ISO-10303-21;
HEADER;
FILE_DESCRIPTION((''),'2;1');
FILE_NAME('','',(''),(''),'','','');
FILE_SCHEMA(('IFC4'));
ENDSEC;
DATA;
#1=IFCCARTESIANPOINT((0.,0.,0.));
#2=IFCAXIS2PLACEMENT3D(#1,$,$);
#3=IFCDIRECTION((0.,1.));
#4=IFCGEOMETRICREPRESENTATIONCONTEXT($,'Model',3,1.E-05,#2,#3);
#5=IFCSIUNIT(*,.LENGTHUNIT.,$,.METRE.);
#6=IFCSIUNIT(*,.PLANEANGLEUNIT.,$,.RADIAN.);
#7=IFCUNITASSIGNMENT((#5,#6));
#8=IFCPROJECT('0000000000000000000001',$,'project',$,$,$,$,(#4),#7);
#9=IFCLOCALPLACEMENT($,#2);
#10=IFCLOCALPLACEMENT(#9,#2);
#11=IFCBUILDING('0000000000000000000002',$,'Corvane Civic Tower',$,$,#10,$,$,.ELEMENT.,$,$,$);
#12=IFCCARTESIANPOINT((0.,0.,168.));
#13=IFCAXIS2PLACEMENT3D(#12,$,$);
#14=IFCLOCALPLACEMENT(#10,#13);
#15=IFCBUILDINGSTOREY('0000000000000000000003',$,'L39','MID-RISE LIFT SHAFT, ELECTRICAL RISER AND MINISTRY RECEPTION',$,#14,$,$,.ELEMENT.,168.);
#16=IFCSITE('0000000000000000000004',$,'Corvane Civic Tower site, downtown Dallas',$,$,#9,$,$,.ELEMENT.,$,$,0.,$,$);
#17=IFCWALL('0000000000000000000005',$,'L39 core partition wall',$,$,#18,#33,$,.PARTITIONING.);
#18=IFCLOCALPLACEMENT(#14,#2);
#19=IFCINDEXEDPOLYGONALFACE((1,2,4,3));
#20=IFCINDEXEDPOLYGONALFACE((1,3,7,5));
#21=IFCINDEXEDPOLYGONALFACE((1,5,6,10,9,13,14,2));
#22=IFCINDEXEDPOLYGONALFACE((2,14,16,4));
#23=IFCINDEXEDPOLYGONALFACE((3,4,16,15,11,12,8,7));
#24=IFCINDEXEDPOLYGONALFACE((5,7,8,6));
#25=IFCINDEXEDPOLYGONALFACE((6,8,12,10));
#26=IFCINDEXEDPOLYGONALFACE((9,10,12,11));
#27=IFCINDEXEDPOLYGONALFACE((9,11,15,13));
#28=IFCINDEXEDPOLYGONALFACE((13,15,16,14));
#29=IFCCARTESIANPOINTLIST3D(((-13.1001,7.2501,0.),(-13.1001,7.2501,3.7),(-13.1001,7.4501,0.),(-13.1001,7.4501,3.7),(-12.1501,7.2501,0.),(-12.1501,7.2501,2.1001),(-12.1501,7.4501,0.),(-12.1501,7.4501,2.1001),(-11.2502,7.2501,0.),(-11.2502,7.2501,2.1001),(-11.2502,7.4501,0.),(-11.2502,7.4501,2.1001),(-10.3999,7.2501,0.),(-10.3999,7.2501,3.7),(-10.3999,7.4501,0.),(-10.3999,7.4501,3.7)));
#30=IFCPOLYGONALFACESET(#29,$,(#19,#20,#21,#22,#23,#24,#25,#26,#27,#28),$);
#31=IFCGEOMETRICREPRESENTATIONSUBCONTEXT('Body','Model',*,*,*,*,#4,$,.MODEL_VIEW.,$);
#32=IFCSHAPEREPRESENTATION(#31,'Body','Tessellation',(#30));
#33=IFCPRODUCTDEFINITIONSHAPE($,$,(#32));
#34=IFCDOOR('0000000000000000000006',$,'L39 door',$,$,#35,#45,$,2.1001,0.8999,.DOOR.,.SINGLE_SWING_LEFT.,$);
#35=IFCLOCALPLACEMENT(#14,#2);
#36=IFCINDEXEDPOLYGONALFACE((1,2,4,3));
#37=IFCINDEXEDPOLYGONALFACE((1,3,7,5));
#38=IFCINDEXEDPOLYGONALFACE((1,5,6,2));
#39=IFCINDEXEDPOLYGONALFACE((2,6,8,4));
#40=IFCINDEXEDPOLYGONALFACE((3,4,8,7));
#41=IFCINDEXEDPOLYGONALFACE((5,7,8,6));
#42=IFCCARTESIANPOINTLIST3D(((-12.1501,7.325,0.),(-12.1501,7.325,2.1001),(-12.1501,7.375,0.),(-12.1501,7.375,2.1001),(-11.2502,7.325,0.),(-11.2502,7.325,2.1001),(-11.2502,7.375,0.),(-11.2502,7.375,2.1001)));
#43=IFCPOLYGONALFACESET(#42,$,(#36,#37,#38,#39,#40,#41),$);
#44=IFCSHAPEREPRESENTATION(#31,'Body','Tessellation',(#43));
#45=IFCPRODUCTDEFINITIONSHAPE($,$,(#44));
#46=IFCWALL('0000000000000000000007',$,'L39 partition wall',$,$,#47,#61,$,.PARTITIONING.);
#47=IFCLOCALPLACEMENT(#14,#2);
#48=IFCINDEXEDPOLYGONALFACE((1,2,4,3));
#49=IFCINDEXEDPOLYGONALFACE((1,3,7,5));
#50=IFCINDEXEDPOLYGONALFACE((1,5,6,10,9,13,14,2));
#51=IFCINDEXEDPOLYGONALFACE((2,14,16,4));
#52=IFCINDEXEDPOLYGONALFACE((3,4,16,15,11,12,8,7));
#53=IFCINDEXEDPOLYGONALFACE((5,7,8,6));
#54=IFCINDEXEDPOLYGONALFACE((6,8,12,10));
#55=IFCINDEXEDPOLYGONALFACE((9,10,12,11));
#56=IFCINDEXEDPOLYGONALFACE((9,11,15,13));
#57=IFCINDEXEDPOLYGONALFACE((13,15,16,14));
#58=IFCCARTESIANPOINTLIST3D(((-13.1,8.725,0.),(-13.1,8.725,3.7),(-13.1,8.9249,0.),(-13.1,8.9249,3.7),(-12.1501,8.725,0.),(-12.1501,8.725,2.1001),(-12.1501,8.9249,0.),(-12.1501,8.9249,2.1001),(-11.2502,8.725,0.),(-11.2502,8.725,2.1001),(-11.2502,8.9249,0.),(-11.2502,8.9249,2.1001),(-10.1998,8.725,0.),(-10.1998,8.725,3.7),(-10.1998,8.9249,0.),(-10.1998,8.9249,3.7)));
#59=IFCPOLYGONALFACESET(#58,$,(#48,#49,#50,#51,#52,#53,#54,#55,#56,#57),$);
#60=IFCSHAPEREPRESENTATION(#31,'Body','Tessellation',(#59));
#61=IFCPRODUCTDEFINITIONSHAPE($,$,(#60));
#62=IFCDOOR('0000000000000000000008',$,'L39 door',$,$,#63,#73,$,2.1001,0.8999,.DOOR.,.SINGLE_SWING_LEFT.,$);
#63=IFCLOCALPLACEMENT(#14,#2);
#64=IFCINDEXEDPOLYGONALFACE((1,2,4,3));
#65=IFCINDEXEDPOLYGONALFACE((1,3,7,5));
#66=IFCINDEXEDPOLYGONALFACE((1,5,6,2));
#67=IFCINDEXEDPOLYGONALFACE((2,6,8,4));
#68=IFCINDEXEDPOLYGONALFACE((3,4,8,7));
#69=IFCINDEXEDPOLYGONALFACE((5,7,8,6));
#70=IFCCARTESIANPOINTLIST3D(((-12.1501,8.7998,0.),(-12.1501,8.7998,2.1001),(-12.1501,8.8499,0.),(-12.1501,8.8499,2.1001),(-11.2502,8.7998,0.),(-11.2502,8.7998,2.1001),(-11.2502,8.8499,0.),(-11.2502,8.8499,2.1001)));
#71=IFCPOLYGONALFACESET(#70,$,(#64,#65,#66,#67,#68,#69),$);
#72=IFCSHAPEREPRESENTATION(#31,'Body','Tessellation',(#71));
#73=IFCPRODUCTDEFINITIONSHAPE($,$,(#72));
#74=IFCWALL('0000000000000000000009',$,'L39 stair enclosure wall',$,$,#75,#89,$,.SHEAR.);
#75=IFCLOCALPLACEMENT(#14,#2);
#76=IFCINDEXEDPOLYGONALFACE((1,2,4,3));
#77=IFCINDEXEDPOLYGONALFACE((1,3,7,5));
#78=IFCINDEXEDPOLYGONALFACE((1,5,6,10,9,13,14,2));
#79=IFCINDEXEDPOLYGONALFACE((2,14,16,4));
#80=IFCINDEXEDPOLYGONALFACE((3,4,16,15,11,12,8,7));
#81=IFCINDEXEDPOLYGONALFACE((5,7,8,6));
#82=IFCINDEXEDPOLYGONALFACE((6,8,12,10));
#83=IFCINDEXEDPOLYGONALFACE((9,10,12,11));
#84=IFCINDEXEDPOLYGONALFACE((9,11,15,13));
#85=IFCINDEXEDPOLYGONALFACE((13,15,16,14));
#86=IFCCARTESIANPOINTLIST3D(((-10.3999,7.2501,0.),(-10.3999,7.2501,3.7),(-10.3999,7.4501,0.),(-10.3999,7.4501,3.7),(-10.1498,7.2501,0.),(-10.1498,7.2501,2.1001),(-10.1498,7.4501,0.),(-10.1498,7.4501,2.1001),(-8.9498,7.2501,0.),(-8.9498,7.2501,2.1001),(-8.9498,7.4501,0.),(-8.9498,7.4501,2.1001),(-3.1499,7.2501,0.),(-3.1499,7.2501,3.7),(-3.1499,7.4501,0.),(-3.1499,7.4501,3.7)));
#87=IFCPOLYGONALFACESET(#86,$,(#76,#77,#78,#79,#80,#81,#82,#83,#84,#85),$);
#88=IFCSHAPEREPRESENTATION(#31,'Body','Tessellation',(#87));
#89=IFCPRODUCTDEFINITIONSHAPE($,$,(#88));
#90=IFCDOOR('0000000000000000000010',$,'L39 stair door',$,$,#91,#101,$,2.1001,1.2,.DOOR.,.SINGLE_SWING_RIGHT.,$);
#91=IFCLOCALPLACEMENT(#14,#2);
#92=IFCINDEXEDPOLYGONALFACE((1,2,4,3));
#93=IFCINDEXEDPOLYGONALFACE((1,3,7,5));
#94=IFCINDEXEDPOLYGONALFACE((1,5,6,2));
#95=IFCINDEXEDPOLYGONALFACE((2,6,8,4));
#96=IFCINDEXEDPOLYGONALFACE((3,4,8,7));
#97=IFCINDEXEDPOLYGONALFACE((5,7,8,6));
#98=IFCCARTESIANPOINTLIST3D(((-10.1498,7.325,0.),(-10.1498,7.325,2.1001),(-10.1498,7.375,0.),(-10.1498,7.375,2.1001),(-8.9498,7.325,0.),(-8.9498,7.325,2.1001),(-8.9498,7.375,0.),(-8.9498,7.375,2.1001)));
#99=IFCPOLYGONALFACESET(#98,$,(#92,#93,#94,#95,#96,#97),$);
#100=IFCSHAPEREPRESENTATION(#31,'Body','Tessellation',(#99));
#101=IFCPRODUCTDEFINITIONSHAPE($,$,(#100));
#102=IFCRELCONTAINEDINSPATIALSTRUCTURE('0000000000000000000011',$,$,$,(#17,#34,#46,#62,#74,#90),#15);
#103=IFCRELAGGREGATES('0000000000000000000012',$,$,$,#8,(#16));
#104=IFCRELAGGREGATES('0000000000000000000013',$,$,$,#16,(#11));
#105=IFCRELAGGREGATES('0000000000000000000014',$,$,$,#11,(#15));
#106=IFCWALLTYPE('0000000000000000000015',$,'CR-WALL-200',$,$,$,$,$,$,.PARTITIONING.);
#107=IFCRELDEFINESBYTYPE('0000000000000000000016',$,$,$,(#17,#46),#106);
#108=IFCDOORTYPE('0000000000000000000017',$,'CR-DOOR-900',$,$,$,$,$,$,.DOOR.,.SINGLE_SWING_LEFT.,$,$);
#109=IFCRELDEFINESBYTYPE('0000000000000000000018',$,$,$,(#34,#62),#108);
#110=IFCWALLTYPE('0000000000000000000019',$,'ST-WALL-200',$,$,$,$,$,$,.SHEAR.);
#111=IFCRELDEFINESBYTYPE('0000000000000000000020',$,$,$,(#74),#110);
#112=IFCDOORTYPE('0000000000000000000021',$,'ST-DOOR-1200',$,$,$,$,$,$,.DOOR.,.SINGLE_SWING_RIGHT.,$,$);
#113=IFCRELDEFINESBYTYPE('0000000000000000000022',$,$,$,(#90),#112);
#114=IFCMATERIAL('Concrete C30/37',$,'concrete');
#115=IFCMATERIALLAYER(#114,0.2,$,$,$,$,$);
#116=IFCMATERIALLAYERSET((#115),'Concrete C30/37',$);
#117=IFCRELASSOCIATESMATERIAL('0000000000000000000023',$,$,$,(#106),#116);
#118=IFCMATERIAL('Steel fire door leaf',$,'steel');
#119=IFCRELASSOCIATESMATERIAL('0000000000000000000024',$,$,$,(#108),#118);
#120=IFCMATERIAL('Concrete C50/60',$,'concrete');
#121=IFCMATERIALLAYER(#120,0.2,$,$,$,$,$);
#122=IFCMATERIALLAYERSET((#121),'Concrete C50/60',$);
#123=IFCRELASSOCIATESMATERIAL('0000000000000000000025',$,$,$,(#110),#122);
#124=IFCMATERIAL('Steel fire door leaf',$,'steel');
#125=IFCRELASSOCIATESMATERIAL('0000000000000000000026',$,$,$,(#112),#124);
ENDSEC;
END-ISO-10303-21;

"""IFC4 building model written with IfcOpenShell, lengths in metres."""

from ifc_helpers import new_model, si_unit, direction, frame, frame_2d, origin, place, context, subcontext, project, spatial, rectangle, extrude, material, layer, layer_set, type_object, element, fill, save


model = new_model("IFC4")

# Units and contexts
model_context = context("Model", 3, precision=1e-05, world=origin(), true_north=direction((0.0, 1.0)))
body_context = subcontext(model_context, "Body", "Model", "MODEL_VIEW")
ifc_project = project(units=[si_unit("LENGTHUNIT", "METRE"), si_unit("PLANEANGLEUNIT", "RADIAN")], contexts=[model_context])

# Site, building, storey
site_placement = place(None, origin())
site = spatial("IfcSite", under=ifc_project, at=site_placement, Name="Corvane Civic Tower site, downtown Dallas", CompositionType="ELEMENT", RefElevation=0.0)
building_placement = place(site_placement, origin())
building = spatial("IfcBuilding", under=site, at=building_placement, Name="Corvane Civic Tower", CompositionType="ELEMENT")
storey_placement = place(building_placement, frame((0.0, 0.0, 168.0)))
storey = spatial("IfcBuildingStorey", under=building, at=storey_placement, Name="L39", Description="MID-RISE LIFT SHAFT, ELECTRICAL RISER AND MINISTRY RECEPTION", CompositionType="ELEMENT", Elevation=168.0)

# Shared definitions
ifc_material_1 = material(Name="Concrete C30/37", Category="concrete")
ifc_layer_1 = layer(ifc_material_1, 0.2)
ifc_layer_set_1 = layer_set([ifc_layer_1], Name="Concrete C30/37")
wall_type_1 = type_object("IfcWallType", Name="CR-WALL-200", PredefinedType="PARTITIONING", material=ifc_layer_set_1)
ifc_material_2 = material(Name="Steel fire door leaf", Category="steel")
door_type_1 = type_object("IfcDoorType", Name="CR-DOOR-900", OperationType="SINGLE_SWING_LEFT", PredefinedType="DOOR", material=ifc_material_2)

# Walls, openings, doors
wall_1_placement = place(storey_placement, frame((-13.1001, 7.3501, 0.0), z_axis=(0.0, 0.0, 1.0), x_axis=(1.0, 0.0, 0.0)))
wall_1 = element("IfcWall", 1, at=wall_1_placement, inside=storey, type_object=wall_type_1, Name="L39 core partition wall", PredefinedType="PARTITIONING", context=body_context, shape_type="SweptSolid", body=[
    extrude(rectangle(XDim=2.7002, YDim=0.2, at=frame_2d((1.3501, 0.0))), origin(), (0.0, 0.0, 1.0), 3.7),
])
opening_1_placement = place(wall_1_placement, frame((0.95, 0.0, 0.0)))
opening_1 = element("IfcOpeningElement", 2, at=opening_1_placement, cuts=wall_1, PredefinedType="OPENING", context=body_context, shape_type="SweptSolid", body=[
    extrude(rectangle(XDim=0.8999, YDim=2.1001, at=frame_2d((0.45, 1.05))), frame((0.0, 0.1099, 0.0), z_axis=(0.0, -1.0, 0.0), x_axis=(1.0, 0.0, 0.0)), (0.0, 0.0, 1.0), 0.22),
])
door_1_placement = place(opening_1_placement, origin())
door_1 = element("IfcDoor", 3, at=door_1_placement, inside=storey, type_object=door_type_1, Name="L39 door", OperationType="SINGLE_SWING_LEFT", OverallHeight=2.1001, OverallWidth=0.8999, PredefinedType="DOOR", context=body_context, shape_type="SweptSolid", body=[
    extrude(rectangle(XDim=0.8999, YDim=2.1001, at=frame_2d((0.45, 1.05))), frame((0.0, 0.0249, 0.0), z_axis=(0.0, -1.0, 0.0), x_axis=(1.0, 0.0, 0.0)), (0.0, 0.0, 1.0), 0.05),
])
fill(opening_1, door_1)
wall_2_placement = place(storey_placement, frame((-13.1001, 8.825, 0.0), z_axis=(0.0, 0.0, 1.0), x_axis=(1.0, 0.0, 0.0)))
wall_2 = element("IfcWall", 4, at=wall_2_placement, inside=storey, type_object=wall_type_1, Name="L39 partition wall", PredefinedType="PARTITIONING", context=body_context, shape_type="SweptSolid", body=[
    extrude(rectangle(XDim=2.9001, YDim=0.2, at=frame_2d((1.4502, 0.0))), origin(), (0.0, 0.0, 1.0), 3.7),
])
opening_2_placement = place(wall_2_placement, frame((0.95, 0.0, 0.0)))
opening_2 = element("IfcOpeningElement", 5, at=opening_2_placement, cuts=wall_2, PredefinedType="OPENING", context=body_context, shape_type="SweptSolid", body=[
    extrude(rectangle(XDim=0.8999, YDim=2.1001, at=frame_2d((0.45, 1.05))), frame((0.0, 0.1099, 0.0), z_axis=(0.0, -1.0, 0.0), x_axis=(1.0, 0.0, 0.0)), (0.0, 0.0, 1.0), 0.22),
])
door_2_placement = place(opening_2_placement, origin())
door_2 = element("IfcDoor", 6, at=door_2_placement, inside=storey, type_object=door_type_1, Name="L39 door", OperationType="SINGLE_SWING_LEFT", OverallHeight=2.1001, OverallWidth=0.8999, PredefinedType="DOOR", context=body_context, shape_type="SweptSolid", body=[
    extrude(rectangle(XDim=0.8999, YDim=2.1001, at=frame_2d((0.45, 1.05))), frame((0.0, 0.0249, 0.0), z_axis=(0.0, -1.0, 0.0), x_axis=(1.0, 0.0, 0.0)), (0.0, 0.0, 1.0), 0.05),
])
fill(opening_2, door_2)
ifc_material_3 = material(Name="Concrete C50/60", Category="concrete")
ifc_layer_2 = layer(ifc_material_3, 0.2)
ifc_layer_set_2 = layer_set([ifc_layer_2], Name="Concrete C50/60")
wall_type_2 = type_object("IfcWallType", Name="ST-WALL-200", PredefinedType="SHEAR", material=ifc_layer_set_2)
wall_3_placement = place(storey_placement, frame((-10.3999, 7.3501, 0.0), z_axis=(0.0, 0.0, 1.0), x_axis=(1.0, 0.0, 0.0)))
wall_3 = element("IfcWall", 7, at=wall_3_placement, inside=storey, type_object=wall_type_2, Name="L39 stair enclosure wall", PredefinedType="SHEAR", context=body_context, shape_type="SweptSolid", body=[
    extrude(rectangle(XDim=7.25, YDim=0.2, at=frame_2d((3.625, 0.0))), origin(), (0.0, 0.0, 1.0), 3.7),
])
opening_3_placement = place(wall_3_placement, frame((0.25, 0.0, 0.0)))
opening_3 = element("IfcOpeningElement", 8, at=opening_3_placement, cuts=wall_3, PredefinedType="OPENING", context=body_context, shape_type="SweptSolid", body=[
    extrude(rectangle(XDim=1.2, YDim=2.1001, at=frame_2d((0.6001, 1.05))), frame((0.0, 0.1099, 0.0), z_axis=(0.0, -1.0, 0.0), x_axis=(1.0, 0.0, 0.0)), (0.0, 0.0, 1.0), 0.22),
])
ifc_material_4 = material(Name="Steel fire door leaf", Category="steel")
door_type_2 = type_object("IfcDoorType", Name="ST-DOOR-1200", OperationType="SINGLE_SWING_RIGHT", PredefinedType="DOOR", material=ifc_material_4)
door_3_placement = place(opening_3_placement, origin())
door_3 = element("IfcDoor", 9, at=door_3_placement, inside=storey, type_object=door_type_2, Name="L39 stair door", OperationType="SINGLE_SWING_RIGHT", OverallHeight=2.1001, OverallWidth=1.2, PredefinedType="DOOR", context=body_context, shape_type="SweptSolid", body=[
    extrude(rectangle(XDim=1.2, YDim=2.1001, at=frame_2d((0.6001, 1.05))), frame((0.0, 0.0249, 0.0), z_axis=(0.0, -1.0, 0.0), x_axis=(1.0, 0.0, 0.0)), (0.0, 0.0, 1.0), 0.05),
])
fill(opening_3, door_3)

save(model, "model.ifc")
